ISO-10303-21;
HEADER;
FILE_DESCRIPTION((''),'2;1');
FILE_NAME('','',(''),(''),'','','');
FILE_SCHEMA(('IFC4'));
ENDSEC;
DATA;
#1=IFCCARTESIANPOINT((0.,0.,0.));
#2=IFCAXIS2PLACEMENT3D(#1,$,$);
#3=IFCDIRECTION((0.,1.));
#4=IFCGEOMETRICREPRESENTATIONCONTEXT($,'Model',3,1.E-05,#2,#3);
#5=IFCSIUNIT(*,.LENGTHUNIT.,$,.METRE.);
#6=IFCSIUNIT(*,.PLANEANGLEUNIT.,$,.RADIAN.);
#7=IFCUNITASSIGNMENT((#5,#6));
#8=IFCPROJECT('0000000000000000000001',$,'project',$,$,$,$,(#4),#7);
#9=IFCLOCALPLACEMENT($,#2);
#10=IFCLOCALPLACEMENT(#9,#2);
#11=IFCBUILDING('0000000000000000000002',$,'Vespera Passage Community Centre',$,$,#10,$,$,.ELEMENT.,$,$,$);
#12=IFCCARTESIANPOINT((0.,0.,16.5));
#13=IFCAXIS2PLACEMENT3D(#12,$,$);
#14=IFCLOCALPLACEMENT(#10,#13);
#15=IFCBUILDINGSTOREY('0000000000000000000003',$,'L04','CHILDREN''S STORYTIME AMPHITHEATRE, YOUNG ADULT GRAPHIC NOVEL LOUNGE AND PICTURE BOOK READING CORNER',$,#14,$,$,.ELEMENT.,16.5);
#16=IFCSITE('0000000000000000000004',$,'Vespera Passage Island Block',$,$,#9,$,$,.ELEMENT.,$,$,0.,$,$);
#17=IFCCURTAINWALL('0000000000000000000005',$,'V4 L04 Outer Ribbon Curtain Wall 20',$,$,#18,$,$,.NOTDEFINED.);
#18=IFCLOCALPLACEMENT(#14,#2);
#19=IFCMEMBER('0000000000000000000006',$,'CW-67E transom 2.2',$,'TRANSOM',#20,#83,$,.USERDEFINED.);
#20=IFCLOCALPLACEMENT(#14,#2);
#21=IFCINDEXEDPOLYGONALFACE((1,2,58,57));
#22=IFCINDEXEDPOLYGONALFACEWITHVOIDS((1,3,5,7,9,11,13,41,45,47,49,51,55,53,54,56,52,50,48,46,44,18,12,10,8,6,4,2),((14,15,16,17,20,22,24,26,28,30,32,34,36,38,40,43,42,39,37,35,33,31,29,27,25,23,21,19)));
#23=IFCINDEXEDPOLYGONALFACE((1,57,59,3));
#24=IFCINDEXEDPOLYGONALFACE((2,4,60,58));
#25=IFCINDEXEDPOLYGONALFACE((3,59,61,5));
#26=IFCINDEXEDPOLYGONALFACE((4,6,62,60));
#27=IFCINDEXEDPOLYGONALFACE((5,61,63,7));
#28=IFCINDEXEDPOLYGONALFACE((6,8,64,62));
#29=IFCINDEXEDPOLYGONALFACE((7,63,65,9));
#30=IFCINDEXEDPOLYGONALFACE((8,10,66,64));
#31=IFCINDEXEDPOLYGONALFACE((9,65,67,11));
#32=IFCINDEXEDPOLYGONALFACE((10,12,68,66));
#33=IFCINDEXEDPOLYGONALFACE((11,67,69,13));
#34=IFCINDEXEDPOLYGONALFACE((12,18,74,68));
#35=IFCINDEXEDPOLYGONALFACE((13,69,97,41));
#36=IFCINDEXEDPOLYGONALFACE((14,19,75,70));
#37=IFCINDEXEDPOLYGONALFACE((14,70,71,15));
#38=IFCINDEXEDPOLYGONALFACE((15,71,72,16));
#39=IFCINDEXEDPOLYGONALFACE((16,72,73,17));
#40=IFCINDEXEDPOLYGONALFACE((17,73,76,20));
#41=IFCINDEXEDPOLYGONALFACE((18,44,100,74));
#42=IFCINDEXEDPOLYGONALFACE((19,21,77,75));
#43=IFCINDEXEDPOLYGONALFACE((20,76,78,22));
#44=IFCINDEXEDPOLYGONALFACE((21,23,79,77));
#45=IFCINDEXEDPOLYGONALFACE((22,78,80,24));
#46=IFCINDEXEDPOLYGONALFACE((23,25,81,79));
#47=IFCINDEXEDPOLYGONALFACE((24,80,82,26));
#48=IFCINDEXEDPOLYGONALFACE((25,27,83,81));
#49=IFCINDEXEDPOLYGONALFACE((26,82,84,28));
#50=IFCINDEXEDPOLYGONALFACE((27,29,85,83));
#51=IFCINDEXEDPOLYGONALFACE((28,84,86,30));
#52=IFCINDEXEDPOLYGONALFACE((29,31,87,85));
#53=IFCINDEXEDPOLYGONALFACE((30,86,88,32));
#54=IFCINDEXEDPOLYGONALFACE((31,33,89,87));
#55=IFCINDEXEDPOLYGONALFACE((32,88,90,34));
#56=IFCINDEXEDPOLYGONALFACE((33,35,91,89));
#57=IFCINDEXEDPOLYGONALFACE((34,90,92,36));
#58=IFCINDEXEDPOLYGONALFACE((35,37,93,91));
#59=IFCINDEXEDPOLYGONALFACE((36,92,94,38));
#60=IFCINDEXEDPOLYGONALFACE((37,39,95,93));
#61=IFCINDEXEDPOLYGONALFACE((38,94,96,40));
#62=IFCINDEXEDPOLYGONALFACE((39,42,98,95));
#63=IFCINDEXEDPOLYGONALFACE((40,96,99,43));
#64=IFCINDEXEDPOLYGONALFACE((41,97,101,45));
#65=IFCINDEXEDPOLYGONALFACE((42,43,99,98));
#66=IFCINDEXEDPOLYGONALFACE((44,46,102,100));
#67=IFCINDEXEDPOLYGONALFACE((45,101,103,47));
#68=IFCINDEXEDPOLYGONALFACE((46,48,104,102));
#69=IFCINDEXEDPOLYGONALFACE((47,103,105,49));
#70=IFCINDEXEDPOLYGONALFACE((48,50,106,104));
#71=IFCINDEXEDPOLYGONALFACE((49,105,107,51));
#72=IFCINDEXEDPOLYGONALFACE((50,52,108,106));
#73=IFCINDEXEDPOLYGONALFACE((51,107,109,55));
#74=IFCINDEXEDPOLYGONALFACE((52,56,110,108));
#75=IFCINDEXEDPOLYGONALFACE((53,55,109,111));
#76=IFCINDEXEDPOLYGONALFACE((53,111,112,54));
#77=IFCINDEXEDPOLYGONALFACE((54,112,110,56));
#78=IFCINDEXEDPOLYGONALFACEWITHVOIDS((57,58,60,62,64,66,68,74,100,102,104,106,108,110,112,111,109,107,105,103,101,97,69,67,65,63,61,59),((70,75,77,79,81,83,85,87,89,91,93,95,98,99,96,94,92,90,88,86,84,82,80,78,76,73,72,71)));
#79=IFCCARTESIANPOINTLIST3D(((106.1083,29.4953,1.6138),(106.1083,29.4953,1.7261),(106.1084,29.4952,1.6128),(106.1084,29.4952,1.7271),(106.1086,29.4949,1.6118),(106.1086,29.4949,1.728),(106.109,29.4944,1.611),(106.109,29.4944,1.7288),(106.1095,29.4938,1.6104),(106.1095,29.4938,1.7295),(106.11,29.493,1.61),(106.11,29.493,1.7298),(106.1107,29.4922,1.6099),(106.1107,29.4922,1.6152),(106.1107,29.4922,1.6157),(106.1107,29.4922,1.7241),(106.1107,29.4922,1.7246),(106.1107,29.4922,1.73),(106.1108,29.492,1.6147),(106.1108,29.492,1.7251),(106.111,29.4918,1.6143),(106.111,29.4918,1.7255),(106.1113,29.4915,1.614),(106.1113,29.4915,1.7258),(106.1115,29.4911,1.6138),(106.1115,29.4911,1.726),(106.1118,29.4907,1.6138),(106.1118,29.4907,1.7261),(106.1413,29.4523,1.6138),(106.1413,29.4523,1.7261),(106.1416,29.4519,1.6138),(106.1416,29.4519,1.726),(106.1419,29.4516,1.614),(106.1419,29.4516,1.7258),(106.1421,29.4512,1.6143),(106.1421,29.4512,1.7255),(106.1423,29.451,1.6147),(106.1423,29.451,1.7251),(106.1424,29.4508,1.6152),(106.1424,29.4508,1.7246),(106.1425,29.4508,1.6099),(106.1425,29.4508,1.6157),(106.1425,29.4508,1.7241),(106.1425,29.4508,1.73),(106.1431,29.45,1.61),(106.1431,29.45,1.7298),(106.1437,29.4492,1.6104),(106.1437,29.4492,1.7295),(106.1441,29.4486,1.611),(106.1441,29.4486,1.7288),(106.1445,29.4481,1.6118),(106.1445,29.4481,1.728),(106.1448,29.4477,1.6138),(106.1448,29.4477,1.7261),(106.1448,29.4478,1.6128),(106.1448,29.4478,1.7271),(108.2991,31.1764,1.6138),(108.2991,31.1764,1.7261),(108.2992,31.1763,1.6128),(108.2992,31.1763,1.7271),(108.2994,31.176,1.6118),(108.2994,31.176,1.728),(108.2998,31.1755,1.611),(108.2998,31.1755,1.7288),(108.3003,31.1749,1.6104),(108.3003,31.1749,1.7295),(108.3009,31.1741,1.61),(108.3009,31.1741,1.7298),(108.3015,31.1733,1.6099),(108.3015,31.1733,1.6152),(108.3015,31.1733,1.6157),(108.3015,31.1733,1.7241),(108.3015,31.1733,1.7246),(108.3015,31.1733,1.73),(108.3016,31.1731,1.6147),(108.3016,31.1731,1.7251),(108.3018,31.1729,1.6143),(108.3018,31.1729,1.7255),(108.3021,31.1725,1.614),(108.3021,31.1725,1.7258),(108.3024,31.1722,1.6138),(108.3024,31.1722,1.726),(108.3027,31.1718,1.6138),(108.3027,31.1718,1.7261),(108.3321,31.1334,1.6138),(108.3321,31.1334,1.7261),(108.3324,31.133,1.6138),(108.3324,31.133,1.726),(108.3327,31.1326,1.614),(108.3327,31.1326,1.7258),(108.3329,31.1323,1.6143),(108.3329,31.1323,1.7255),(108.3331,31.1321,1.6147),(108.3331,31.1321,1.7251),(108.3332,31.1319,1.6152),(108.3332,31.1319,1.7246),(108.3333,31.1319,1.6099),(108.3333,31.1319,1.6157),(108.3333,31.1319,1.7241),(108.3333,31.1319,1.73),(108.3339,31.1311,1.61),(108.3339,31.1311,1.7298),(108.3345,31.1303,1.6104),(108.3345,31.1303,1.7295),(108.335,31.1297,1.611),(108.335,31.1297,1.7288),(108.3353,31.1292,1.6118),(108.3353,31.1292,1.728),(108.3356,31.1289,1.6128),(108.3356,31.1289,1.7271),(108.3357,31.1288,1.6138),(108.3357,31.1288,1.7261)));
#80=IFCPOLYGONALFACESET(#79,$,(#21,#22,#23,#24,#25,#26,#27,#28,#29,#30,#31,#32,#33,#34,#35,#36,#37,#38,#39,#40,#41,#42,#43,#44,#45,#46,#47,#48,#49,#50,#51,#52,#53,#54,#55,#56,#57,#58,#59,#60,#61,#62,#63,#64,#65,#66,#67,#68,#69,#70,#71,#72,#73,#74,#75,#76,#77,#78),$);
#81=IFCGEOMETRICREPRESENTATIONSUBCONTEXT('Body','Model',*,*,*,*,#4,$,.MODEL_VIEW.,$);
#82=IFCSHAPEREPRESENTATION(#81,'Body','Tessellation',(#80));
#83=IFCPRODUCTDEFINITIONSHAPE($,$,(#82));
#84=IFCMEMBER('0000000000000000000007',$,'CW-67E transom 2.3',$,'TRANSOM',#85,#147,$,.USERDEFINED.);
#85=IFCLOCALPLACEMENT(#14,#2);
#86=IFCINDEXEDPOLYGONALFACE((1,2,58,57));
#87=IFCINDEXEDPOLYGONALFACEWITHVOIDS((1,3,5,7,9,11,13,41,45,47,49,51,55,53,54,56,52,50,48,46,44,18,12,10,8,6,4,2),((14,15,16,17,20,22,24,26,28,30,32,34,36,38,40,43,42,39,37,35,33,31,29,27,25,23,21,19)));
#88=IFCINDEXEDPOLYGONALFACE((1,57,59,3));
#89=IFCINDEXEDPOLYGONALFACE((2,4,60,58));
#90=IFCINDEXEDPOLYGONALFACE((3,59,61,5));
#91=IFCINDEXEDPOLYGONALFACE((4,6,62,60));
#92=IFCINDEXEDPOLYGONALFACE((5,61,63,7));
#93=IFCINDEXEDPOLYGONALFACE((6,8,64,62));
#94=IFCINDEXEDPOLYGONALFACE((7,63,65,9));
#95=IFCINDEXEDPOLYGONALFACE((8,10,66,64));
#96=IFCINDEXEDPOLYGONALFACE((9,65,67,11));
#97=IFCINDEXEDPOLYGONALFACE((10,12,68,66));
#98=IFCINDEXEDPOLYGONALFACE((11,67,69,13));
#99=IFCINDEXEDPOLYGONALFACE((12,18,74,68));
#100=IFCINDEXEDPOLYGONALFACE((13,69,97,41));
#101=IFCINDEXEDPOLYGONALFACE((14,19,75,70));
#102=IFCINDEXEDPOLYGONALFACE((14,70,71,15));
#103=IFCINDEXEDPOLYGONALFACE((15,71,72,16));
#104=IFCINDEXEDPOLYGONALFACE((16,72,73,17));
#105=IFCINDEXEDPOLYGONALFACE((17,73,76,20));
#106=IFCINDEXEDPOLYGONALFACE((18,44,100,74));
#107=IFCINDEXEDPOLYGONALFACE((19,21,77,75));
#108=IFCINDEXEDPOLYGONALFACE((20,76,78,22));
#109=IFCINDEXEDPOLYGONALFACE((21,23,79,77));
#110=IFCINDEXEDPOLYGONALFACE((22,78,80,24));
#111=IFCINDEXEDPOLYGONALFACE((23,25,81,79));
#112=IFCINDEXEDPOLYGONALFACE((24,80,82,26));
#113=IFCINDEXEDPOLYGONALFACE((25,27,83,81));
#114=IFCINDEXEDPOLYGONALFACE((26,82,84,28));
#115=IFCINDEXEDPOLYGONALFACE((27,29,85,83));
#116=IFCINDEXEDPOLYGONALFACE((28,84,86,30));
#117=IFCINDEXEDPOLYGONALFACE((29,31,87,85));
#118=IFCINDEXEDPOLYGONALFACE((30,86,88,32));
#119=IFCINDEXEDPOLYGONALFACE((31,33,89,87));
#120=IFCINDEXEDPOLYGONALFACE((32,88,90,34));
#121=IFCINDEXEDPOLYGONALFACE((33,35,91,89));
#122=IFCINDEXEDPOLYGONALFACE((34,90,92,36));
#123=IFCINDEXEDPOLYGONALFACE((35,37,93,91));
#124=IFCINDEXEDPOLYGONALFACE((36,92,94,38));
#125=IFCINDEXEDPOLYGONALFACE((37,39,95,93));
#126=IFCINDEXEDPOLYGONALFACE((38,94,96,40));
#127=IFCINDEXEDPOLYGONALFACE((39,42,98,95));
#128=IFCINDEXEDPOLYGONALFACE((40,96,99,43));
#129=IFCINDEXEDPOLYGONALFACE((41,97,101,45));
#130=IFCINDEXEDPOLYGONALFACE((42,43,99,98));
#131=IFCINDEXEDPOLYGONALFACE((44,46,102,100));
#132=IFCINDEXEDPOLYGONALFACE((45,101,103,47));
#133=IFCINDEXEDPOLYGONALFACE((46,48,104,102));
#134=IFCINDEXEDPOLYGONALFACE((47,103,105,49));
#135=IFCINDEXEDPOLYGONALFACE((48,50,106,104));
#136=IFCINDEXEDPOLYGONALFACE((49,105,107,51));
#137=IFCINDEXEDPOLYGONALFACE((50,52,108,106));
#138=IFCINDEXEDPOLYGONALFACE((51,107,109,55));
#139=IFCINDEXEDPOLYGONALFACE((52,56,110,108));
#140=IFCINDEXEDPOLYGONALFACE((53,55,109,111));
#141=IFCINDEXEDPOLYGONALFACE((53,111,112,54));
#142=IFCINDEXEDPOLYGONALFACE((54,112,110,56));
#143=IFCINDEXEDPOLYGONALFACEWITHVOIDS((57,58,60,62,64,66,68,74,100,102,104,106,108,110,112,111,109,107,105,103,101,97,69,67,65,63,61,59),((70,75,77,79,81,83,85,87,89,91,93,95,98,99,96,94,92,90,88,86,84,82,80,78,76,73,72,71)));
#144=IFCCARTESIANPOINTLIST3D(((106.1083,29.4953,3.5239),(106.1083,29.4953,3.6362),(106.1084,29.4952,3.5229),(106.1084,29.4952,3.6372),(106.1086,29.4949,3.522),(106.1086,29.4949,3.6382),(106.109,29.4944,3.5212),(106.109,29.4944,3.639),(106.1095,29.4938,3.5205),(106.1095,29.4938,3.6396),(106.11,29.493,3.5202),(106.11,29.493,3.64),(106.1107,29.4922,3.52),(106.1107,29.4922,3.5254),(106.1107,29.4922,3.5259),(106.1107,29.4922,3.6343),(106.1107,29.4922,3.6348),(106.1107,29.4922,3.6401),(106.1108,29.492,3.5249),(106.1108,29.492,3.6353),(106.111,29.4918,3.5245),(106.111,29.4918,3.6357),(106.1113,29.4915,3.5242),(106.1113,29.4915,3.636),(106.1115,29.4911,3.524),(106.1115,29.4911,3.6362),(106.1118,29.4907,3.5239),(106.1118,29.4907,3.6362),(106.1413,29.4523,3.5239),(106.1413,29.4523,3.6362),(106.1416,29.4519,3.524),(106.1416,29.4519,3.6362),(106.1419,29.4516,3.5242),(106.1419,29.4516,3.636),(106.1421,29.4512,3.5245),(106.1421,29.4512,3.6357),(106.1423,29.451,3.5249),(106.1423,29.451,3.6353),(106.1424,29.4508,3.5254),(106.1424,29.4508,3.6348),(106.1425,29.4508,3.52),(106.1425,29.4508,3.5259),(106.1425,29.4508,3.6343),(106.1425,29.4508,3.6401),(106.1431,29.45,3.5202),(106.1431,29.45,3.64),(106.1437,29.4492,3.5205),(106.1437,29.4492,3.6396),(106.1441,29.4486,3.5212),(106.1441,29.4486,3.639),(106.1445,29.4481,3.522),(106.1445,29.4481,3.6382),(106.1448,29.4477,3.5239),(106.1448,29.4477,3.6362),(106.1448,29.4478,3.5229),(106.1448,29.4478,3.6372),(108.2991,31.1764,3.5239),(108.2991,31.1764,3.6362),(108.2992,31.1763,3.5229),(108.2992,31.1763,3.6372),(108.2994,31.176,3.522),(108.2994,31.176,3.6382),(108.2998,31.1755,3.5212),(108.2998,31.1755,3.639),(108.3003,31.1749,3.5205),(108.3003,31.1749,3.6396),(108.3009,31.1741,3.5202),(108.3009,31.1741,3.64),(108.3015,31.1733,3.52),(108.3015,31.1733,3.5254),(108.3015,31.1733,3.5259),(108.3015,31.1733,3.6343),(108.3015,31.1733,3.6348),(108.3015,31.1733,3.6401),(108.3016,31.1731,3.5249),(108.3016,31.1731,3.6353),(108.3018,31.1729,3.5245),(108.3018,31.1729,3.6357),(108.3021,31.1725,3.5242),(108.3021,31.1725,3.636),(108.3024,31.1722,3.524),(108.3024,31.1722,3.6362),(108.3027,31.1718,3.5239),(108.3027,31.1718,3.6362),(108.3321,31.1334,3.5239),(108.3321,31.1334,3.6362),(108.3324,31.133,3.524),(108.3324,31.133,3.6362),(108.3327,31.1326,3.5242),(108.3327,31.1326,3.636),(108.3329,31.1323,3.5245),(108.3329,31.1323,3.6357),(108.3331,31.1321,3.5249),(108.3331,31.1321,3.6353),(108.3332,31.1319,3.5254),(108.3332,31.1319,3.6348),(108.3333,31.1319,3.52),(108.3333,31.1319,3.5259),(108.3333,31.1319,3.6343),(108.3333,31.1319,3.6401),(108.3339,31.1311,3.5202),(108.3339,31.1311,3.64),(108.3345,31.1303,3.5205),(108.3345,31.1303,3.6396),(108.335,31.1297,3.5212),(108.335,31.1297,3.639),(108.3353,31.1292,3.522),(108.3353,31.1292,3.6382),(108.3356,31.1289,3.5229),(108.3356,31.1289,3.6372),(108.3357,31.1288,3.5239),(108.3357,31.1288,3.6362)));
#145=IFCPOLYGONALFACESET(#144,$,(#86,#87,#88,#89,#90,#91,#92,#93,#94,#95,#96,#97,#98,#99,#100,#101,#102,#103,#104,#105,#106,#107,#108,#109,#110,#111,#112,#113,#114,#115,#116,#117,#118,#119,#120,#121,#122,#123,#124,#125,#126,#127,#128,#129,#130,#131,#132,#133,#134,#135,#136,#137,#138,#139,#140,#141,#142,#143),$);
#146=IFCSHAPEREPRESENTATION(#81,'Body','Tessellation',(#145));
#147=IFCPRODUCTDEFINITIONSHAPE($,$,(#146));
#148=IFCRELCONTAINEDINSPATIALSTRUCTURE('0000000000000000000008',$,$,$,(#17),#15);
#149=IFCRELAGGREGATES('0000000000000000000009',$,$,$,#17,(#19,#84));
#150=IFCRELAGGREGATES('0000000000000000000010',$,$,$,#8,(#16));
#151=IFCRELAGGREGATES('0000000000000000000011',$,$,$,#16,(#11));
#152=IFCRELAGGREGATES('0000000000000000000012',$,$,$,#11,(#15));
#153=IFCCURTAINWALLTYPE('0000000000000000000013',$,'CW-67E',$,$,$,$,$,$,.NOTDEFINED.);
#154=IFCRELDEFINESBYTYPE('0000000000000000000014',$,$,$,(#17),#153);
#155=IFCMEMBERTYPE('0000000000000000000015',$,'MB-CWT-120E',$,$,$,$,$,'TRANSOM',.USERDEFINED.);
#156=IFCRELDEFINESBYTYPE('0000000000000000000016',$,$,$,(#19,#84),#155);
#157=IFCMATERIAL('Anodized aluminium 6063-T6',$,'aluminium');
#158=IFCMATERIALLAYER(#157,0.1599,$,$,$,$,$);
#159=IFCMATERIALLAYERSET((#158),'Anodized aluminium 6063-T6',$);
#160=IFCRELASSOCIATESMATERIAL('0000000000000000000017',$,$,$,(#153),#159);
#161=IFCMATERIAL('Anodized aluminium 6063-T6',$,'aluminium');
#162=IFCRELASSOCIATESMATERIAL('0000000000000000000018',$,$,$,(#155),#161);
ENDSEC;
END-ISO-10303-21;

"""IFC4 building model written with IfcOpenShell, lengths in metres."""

from ifc_helpers import new_model, si_unit, direction, frame, origin, origin_2d, place, context, subcontext, project, spatial, hollow_rectangle, extrude, material, layer, layer_set, material_profile, profile_set, type_object, element, aggregate, save


model = new_model("IFC4")

# Units and contexts
model_context = context("Model", 3, precision=1e-05, world=origin(), true_north=direction((0.0, 1.0)))
body_context = subcontext(model_context, "Body", "Model", "MODEL_VIEW")
ifc_project = project(units=[si_unit("LENGTHUNIT", "METRE"), si_unit("PLANEANGLEUNIT", "RADIAN")], contexts=[model_context])

# Site, building, storey
site_placement = place(None, origin())
site = spatial("IfcSite", under=ifc_project, at=site_placement, Name="Vespera Passage Island Block", CompositionType="ELEMENT", RefElevation=0.0)
building_placement = place(site_placement, origin())
building = spatial("IfcBuilding", under=site, at=building_placement, Name="Vespera Passage Community Centre", CompositionType="ELEMENT")
storey_placement = place(building_placement, frame((0.0, 0.0, 16.5)))
storey = spatial("IfcBuildingStorey", under=building, at=storey_placement, Name="L04", Description="CHILDREN'S STORYTIME AMPHITHEATRE, YOUNG ADULT GRAPHIC NOVEL LOUNGE AND PICTURE BOOK READING CORNER", CompositionType="ELEMENT", Elevation=16.5)

# Curtain wall
ifc_material_1 = material(Name="Anodized aluminium 6063-T6", Category="aluminium")
ifc_layer_1 = layer(ifc_material_1, 0.1599)
ifc_layer_set_1 = layer_set([ifc_layer_1], Name="Anodized aluminium 6063-T6")
curtain_wall_type_1 = type_object("IfcCurtainWallType", Name="CW-67E", PredefinedType="NOTDEFINED", material=ifc_layer_set_1)
curtain_wall_1_placement = place(storey_placement, origin())
curtain_wall_1 = element("IfcCurtainWall", 1, at=curtain_wall_1_placement, inside=storey, type_object=curtain_wall_type_1, Name="V4 L04 Outer Ribbon Curtain Wall 20", PredefinedType="NOTDEFINED")

# Members
ifc_material_2 = material(Name="Anodized aluminium 6063-T6", Category="aluminium")
ifc_material_profile_1 = material_profile(ifc_material_2, hollow_rectangle(XDim=0.0601, YDim=0.1201, WallThickness=0.0039, InnerFilletRadius=0.002, OuterFilletRadius=0.0039, at=origin_2d()), Name="ALU120X60X4")
ifc_profile_set_1 = profile_set([ifc_material_profile_1], Name="Anodized aluminium 6063-T6")
member_type_1 = type_object("IfcMemberType", Name="MB-CWT-120E", ElementType="TRANSOM", PredefinedType="USERDEFINED", material=ifc_profile_set_1)
member_1_placement = place(storey_placement, frame((108.3174, 31.1526, 1.6699), z_axis=(-0.793353, -0.608762, 0.0), x_axis=(0.608762, -0.793353, 0.0)))
member_1 = element("IfcMember", 2, at=member_1_placement, type_object=member_type_1, Name="CW-67E transom 2.2", ObjectType="TRANSOM", PredefinedType="USERDEFINED", context=body_context, shape_type="SweptSolid", body=[
    extrude(hollow_rectangle(XDim=0.0601, YDim=0.1201, WallThickness=0.0039, InnerFilletRadius=0.002, OuterFilletRadius=0.0039, at=origin_2d()), origin(), (0.0, 0.0, 1.0), 2.7615),
])
member_2_placement = place(storey_placement, frame((108.3174, 31.1526, 3.5801), z_axis=(-0.793353, -0.608762, 0.0), x_axis=(0.608762, -0.793353, 0.0)))
member_2 = element("IfcMember", 3, at=member_2_placement, type_object=member_type_1, Name="CW-67E transom 2.3", ObjectType="TRANSOM", PredefinedType="USERDEFINED", context=body_context, shape_type="SweptSolid", body=[
    extrude(hollow_rectangle(XDim=0.0601, YDim=0.1201, WallThickness=0.0039, InnerFilletRadius=0.002, OuterFilletRadius=0.0039, at=origin_2d()), origin(), (0.0, 0.0, 1.0), 2.7615),
])

aggregate(curtain_wall_1, [member_1, member_2])

save(model, "model.ifc")
